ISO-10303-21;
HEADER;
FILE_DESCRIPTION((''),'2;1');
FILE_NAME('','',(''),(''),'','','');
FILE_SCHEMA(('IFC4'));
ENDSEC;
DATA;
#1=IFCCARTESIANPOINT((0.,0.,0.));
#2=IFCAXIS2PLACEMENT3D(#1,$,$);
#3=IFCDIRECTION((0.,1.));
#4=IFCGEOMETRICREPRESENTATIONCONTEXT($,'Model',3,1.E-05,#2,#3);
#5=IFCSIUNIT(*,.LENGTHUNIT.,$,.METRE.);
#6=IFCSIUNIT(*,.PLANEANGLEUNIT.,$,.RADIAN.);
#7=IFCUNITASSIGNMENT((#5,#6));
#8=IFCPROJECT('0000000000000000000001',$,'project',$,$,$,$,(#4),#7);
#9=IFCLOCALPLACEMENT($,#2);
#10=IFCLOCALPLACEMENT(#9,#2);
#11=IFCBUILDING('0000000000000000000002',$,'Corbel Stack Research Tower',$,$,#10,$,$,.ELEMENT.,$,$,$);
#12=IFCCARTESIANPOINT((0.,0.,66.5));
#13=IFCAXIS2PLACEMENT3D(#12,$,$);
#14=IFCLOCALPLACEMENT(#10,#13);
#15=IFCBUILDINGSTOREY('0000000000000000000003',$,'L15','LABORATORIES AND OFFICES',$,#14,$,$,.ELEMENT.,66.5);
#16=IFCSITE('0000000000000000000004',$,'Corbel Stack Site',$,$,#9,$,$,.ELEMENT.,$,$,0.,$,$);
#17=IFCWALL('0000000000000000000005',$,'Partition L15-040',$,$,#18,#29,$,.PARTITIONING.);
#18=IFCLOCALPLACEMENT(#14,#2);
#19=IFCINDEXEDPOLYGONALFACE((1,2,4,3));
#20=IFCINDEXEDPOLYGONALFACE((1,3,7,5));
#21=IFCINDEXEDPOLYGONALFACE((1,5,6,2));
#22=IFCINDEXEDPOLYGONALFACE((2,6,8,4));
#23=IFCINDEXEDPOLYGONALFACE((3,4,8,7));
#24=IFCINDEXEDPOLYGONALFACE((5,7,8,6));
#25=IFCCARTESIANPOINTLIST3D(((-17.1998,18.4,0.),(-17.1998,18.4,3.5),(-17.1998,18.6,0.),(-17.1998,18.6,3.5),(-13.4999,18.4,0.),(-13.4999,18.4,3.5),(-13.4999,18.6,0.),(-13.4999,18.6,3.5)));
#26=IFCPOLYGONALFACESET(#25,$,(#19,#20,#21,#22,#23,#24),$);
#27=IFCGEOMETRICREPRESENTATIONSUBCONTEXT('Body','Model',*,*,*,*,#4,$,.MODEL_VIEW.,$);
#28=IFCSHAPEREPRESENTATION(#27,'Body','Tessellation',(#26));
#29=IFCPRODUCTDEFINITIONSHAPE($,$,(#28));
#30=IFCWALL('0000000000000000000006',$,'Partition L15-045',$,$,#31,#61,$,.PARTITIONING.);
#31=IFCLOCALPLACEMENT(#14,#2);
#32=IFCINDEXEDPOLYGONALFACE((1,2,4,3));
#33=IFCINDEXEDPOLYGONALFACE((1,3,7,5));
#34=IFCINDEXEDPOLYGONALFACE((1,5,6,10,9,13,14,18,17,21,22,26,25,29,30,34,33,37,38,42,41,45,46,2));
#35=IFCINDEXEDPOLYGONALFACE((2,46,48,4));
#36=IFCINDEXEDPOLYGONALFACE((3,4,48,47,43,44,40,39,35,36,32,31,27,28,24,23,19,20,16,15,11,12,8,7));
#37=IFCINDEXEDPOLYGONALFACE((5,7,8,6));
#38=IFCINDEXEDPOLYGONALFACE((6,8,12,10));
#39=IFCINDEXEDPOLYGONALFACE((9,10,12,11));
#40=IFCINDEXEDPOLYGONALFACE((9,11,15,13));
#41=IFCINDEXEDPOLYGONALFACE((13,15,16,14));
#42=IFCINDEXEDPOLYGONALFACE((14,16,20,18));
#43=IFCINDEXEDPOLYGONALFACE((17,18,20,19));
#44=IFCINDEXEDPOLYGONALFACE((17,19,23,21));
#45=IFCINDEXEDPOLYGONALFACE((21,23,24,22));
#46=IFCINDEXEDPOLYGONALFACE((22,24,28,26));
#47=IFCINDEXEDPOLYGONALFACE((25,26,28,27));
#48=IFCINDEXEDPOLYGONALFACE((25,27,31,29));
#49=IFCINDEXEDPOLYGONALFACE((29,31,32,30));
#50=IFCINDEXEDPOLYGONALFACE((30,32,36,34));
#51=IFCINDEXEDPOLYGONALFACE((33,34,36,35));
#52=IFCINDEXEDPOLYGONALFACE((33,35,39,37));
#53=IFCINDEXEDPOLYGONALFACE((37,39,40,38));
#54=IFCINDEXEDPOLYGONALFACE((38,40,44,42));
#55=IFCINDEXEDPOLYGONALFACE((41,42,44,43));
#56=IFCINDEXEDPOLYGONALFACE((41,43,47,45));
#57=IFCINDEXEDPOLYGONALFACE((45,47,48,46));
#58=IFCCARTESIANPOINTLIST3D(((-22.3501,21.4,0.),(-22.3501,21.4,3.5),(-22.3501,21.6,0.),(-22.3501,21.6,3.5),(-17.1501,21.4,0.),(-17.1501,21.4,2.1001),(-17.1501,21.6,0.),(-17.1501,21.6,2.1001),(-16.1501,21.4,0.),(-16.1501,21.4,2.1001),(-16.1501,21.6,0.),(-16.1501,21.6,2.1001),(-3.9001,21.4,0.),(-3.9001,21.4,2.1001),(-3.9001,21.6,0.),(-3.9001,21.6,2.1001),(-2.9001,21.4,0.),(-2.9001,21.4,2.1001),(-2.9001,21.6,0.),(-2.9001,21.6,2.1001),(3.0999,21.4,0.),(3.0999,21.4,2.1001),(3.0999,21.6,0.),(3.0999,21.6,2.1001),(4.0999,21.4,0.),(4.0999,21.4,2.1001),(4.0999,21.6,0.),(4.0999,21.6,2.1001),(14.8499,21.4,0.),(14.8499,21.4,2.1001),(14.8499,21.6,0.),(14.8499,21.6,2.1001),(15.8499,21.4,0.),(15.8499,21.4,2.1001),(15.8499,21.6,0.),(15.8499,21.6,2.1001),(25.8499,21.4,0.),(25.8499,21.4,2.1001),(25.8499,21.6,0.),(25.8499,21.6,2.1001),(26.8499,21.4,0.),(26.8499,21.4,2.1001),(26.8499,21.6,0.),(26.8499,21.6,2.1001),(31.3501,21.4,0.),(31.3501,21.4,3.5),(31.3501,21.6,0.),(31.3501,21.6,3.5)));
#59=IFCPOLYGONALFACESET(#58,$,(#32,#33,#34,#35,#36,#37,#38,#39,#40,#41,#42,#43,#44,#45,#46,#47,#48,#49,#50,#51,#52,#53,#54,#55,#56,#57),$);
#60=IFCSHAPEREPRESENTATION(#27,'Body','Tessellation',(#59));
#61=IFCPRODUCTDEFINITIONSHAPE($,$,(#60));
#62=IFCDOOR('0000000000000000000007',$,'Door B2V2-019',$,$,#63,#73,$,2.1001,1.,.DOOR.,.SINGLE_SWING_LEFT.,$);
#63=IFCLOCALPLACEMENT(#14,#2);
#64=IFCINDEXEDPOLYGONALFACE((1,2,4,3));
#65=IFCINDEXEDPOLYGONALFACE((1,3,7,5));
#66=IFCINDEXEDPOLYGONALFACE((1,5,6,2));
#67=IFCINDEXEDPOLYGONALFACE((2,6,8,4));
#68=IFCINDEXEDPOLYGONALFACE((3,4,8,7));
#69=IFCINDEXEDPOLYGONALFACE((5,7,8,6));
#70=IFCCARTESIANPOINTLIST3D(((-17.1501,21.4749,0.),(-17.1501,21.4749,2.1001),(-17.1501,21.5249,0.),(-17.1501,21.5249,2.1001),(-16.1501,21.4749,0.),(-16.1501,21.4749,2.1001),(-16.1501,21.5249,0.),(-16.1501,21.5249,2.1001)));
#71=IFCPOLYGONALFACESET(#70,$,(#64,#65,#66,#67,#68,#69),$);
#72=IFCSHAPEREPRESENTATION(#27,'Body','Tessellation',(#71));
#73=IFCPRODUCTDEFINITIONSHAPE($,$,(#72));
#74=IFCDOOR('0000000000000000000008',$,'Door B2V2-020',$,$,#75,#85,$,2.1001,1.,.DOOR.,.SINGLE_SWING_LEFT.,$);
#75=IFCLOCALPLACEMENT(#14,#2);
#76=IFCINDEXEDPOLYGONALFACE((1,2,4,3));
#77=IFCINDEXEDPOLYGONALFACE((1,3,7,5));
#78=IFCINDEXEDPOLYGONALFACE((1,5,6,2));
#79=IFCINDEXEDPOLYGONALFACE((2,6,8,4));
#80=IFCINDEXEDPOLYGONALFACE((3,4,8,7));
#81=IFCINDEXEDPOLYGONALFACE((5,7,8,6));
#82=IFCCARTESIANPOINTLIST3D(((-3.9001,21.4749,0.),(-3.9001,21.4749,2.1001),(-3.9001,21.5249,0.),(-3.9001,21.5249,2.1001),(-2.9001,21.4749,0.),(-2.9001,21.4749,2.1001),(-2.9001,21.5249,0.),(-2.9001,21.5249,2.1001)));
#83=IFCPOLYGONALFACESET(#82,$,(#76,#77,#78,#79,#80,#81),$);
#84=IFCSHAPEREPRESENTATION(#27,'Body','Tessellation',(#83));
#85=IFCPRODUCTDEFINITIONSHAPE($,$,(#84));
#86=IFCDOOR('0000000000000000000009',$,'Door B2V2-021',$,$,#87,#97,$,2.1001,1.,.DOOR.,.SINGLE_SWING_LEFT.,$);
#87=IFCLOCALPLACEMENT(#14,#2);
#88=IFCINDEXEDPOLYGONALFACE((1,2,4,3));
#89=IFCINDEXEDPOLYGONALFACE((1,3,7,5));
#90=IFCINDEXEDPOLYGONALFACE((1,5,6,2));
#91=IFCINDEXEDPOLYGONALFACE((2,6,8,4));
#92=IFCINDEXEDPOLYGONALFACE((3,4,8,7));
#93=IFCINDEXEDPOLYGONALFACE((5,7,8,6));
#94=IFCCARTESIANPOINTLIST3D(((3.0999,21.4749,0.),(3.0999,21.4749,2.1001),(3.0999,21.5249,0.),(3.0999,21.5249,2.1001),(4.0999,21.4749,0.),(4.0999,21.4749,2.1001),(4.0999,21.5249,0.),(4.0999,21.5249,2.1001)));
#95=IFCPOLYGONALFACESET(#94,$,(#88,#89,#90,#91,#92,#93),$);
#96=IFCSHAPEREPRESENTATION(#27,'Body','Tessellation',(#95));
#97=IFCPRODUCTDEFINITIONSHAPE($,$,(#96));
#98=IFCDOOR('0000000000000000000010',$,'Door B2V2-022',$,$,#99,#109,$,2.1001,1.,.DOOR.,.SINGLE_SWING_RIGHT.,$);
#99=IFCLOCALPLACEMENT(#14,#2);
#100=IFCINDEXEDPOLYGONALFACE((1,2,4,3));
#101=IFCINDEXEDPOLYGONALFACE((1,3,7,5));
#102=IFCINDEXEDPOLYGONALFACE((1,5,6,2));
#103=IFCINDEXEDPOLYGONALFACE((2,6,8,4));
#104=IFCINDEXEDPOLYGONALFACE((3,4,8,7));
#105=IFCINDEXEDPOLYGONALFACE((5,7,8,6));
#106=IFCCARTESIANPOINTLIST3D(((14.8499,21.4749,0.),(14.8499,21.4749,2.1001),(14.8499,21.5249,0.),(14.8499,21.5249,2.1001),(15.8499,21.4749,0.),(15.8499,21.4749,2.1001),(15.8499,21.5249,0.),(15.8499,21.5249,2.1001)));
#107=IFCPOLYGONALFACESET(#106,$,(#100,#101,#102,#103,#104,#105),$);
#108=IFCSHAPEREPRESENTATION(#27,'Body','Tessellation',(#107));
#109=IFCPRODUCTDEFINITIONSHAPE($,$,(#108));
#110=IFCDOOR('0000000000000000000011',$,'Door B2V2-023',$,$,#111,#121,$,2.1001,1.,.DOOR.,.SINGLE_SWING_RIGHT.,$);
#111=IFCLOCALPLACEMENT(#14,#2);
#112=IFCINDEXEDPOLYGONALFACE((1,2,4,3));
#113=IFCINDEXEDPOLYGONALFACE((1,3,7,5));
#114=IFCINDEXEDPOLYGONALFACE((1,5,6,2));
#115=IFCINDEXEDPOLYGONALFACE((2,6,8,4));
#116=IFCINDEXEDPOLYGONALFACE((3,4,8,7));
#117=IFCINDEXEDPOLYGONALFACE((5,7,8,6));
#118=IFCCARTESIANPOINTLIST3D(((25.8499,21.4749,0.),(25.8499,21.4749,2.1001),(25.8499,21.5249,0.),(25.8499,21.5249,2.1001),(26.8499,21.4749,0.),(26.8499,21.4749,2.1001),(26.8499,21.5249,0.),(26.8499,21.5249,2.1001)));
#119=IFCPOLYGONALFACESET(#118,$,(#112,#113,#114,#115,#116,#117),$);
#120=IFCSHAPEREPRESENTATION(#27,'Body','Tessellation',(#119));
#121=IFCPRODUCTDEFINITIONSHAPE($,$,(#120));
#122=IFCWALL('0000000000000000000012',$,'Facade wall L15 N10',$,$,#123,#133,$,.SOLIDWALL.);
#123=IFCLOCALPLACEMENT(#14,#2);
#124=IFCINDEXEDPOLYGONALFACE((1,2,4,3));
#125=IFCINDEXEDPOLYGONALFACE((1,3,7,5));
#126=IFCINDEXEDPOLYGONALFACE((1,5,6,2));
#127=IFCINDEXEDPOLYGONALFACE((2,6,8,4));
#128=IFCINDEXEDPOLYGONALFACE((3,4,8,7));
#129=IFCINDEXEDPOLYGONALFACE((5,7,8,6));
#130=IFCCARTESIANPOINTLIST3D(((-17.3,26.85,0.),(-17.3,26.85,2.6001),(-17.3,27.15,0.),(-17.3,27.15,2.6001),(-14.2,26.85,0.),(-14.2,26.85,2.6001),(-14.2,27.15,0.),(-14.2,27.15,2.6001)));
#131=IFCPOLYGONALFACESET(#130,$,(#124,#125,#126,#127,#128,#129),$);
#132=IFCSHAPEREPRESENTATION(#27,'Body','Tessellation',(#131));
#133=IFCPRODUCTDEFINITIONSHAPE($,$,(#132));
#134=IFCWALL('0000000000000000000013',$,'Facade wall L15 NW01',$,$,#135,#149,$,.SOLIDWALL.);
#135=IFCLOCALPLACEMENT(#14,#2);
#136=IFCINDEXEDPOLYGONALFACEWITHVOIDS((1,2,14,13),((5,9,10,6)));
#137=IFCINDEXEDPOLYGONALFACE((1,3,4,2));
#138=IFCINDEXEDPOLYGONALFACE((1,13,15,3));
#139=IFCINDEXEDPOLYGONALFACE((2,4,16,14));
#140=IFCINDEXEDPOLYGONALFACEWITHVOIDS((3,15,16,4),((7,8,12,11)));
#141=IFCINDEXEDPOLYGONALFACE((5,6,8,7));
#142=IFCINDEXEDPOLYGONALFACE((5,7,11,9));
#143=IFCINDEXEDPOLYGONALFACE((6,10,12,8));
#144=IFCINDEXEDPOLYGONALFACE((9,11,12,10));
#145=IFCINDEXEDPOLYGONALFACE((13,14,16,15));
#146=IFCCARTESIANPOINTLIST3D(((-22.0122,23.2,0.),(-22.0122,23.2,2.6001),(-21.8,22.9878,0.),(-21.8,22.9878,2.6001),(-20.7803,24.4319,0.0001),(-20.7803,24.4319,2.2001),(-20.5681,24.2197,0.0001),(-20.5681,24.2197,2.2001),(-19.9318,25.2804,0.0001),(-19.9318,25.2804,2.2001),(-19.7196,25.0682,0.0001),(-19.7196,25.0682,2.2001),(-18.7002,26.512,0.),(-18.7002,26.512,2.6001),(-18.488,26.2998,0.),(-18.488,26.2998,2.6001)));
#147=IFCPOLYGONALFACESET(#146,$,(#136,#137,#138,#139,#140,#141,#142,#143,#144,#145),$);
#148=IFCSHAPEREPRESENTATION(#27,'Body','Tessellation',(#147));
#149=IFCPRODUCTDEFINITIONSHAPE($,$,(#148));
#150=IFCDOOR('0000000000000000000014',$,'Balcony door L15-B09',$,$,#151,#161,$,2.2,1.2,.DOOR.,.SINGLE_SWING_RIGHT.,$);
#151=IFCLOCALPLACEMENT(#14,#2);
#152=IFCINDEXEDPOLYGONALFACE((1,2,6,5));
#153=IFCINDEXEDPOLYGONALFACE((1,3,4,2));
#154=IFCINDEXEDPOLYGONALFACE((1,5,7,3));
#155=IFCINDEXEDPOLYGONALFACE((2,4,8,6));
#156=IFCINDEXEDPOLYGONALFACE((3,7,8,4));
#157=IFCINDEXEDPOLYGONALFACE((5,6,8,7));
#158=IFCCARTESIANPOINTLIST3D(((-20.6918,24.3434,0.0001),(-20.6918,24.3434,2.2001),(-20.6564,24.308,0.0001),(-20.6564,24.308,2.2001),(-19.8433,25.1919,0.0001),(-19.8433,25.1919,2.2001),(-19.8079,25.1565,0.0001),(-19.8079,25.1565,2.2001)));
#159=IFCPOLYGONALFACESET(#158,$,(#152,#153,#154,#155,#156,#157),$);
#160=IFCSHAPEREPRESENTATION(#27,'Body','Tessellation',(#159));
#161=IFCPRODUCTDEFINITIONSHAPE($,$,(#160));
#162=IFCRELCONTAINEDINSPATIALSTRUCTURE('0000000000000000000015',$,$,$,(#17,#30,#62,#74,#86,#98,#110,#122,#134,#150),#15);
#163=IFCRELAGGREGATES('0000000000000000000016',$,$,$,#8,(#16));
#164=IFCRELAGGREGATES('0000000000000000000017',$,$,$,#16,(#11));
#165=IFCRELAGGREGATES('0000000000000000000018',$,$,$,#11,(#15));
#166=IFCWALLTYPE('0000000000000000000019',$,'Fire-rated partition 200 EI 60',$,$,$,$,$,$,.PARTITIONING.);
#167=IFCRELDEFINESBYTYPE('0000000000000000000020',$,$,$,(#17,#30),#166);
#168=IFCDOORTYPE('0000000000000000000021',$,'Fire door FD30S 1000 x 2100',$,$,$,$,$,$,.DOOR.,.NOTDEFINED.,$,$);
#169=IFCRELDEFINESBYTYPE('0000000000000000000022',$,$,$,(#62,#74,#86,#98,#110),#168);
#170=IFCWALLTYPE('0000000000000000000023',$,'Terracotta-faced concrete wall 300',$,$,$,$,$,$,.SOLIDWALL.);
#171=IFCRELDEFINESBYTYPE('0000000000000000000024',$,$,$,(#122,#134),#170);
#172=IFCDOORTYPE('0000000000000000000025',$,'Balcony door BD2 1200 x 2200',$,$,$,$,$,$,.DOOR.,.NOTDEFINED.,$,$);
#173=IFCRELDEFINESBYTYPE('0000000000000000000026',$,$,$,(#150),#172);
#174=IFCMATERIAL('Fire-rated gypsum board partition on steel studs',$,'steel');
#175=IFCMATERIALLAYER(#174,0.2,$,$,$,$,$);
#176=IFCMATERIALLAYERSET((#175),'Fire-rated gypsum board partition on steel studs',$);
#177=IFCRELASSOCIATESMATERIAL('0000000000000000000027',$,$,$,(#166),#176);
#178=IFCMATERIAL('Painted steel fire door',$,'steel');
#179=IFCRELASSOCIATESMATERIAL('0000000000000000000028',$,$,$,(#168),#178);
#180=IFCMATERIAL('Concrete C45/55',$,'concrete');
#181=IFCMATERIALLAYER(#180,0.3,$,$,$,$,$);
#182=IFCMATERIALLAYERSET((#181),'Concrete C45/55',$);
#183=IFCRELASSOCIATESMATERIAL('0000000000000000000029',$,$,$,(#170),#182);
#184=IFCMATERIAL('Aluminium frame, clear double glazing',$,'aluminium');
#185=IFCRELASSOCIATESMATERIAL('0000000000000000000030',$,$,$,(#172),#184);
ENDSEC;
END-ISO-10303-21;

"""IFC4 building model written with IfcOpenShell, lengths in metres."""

from ifc_helpers import new_model, si_unit, direction, frame, frame_2d, origin, place, context, subcontext, project, spatial, rectangle, extrude, material, layer, layer_set, type_object, element, fill, save


model = new_model("IFC4")

# Units and contexts
model_context = context("Model", 3, precision=1e-05, world=origin(), true_north=direction((0.0, 1.0)))
body_context = subcontext(model_context, "Body", "Model", "MODEL_VIEW")
ifc_project = project(units=[si_unit("LENGTHUNIT", "METRE"), si_unit("PLANEANGLEUNIT", "RADIAN")], contexts=[model_context])

# Site, building, storey
site_placement = place(None, origin())
site = spatial("IfcSite", under=ifc_project, at=site_placement, Name="Corbel Stack Site", CompositionType="ELEMENT", RefElevation=0.0)
building_placement = place(site_placement, origin())
building = spatial("IfcBuilding", under=site, at=building_placement, Name="Corbel Stack Research Tower", CompositionType="ELEMENT")
storey_placement = place(building_placement, frame((0.0, 0.0, 66.5)))
storey = spatial("IfcBuildingStorey", under=building, at=storey_placement, Name="L15", Description="LABORATORIES AND OFFICES", CompositionType="ELEMENT", Elevation=66.5)

# Shared definitions
ifc_material_1 = material(Name="Fire-rated gypsum board partition on steel studs", Category="steel")
ifc_layer_1 = layer(ifc_material_1, 0.2)
ifc_layer_set_1 = layer_set([ifc_layer_1], Name="Fire-rated gypsum board partition on steel studs")
wall_type_1 = type_object("IfcWallType", Name="Fire-rated partition 200 EI 60", PredefinedType="PARTITIONING", material=ifc_layer_set_1)
ifc_material_2 = material(Name="Painted steel fire door", Category="steel")
door_type_1 = type_object("IfcDoorType", Name="Fire door FD30S 1000 x 2100", OperationType="NOTDEFINED", PredefinedType="DOOR", material=ifc_material_2)

# Wall
wall_1_placement = place(storey_placement, frame((-17.2, 18.5, 0.0), z_axis=(0.0, 0.0, 1.0), x_axis=(1.0, 0.0, 0.0)))
element("IfcWall", 1, at=wall_1_placement, inside=storey, type_object=wall_type_1, Name="Partition L15-040", PredefinedType="PARTITIONING", context=body_context, shape_type="SweptSolid", body=[
    extrude(rectangle(XDim=3.7, YDim=0.2, at=frame_2d((1.8501, 0.0))), origin(), (0.0, 0.0, 1.0), 3.5),
])

# Wall, openings, doors
wall_2_placement = place(storey_placement, frame((-22.3501, 21.5, 0.0), z_axis=(0.0, 0.0, 1.0), x_axis=(1.0, 0.0, 0.0)))
wall_2 = element("IfcWall", 2, at=wall_2_placement, inside=storey, type_object=wall_type_1, Name="Partition L15-045", PredefinedType="PARTITIONING", context=body_context, shape_type="SweptSolid", body=[
    extrude(rectangle(XDim=53.7002, YDim=0.2, at=frame_2d((26.8501, 0.0))), origin(), (0.0, 0.0, 1.0), 3.5),
])
opening_1_placement = place(wall_2_placement, frame((5.2, 0.0, 0.0)))
opening_1 = element("IfcOpeningElement", 3, at=opening_1_placement, cuts=wall_2, PredefinedType="OPENING", context=body_context, shape_type="SweptSolid", body=[
    extrude(rectangle(XDim=1.0, YDim=2.1001, at=frame_2d((0.5, 1.05))), frame((0.0, 0.1099, 0.0), z_axis=(0.0, -1.0, 0.0), x_axis=(1.0, 0.0, 0.0)), (0.0, 0.0, 1.0), 0.22),
])
opening_2_placement = place(wall_2_placement, frame((18.45, 0.0, 0.0)))
opening_2 = element("IfcOpeningElement", 4, at=opening_2_placement, cuts=wall_2, PredefinedType="OPENING", context=body_context, shape_type="SweptSolid", body=[
    extrude(rectangle(XDim=1.0, YDim=2.1001, at=frame_2d((0.5, 1.05))), frame((0.0, 0.1099, 0.0), z_axis=(0.0, -1.0, 0.0), x_axis=(1.0, 0.0, 0.0)), (0.0, 0.0, 1.0), 0.22),
])
opening_3_placement = place(wall_2_placement, frame((25.45, 0.0, 0.0)))
opening_3 = element("IfcOpeningElement", 5, at=opening_3_placement, cuts=wall_2, PredefinedType="OPENING", context=body_context, shape_type="SweptSolid", body=[
    extrude(rectangle(XDim=1.0, YDim=2.1001, at=frame_2d((0.5, 1.05))), frame((0.0, 0.1099, 0.0), z_axis=(0.0, -1.0, 0.0), x_axis=(1.0, 0.0, 0.0)), (0.0, 0.0, 1.0), 0.22),
])
opening_4_placement = place(wall_2_placement, frame((37.2, 0.0, 0.0)))
opening_4 = element("IfcOpeningElement", 6, at=opening_4_placement, cuts=wall_2, PredefinedType="OPENING", context=body_context, shape_type="SweptSolid", body=[
    extrude(rectangle(XDim=1.0, YDim=2.1001, at=frame_2d((0.5, 1.05))), frame((0.0, 0.1099, 0.0), z_axis=(0.0, -1.0, 0.0), x_axis=(1.0, 0.0, 0.0)), (0.0, 0.0, 1.0), 0.22),
])
opening_5_placement = place(wall_2_placement, frame((48.2, 0.0, 0.0)))
opening_5 = element("IfcOpeningElement", 7, at=opening_5_placement, cuts=wall_2, PredefinedType="OPENING", context=body_context, shape_type="SweptSolid", body=[
    extrude(rectangle(XDim=1.0, YDim=2.1001, at=frame_2d((0.5, 1.05))), frame((0.0, 0.1099, 0.0), z_axis=(0.0, -1.0, 0.0), x_axis=(1.0, 0.0, 0.0)), (0.0, 0.0, 1.0), 0.22),
])
door_1_placement = place(opening_1_placement, origin())
door_1 = element("IfcDoor", 8, at=door_1_placement, inside=storey, type_object=door_type_1, Name="Door B2V2-019", OperationType="SINGLE_SWING_LEFT", OverallHeight=2.1001, OverallWidth=1.0, PredefinedType="DOOR", context=body_context, shape_type="SweptSolid", body=[
    extrude(rectangle(XDim=1.0, YDim=2.1001, at=frame_2d((0.5, 1.05))), frame((0.0, 0.0249, 0.0), z_axis=(0.0, -1.0, 0.0), x_axis=(1.0, 0.0, 0.0)), (0.0, 0.0, 1.0), 0.05),
])
fill(opening_1, door_1)
door_2_placement = place(opening_2_placement, origin())
door_2 = element("IfcDoor", 9, at=door_2_placement, inside=storey, type_object=door_type_1, Name="Door B2V2-020", OperationType="SINGLE_SWING_LEFT", OverallHeight=2.1001, OverallWidth=1.0, PredefinedType="DOOR", context=body_context, shape_type="SweptSolid", body=[
    extrude(rectangle(XDim=1.0, YDim=2.1001, at=frame_2d((0.5, 1.05))), frame((0.0, 0.0249, 0.0), z_axis=(0.0, -1.0, 0.0), x_axis=(1.0, 0.0, 0.0)), (0.0, 0.0, 1.0), 0.05),
])
fill(opening_2, door_2)
door_3_placement = place(opening_3_placement, origin())
door_3 = element("IfcDoor", 10, at=door_3_placement, inside=storey, type_object=door_type_1, Name="Door B2V2-021", OperationType="SINGLE_SWING_LEFT", OverallHeight=2.1001, OverallWidth=1.0, PredefinedType="DOOR", context=body_context, shape_type="SweptSolid", body=[
    extrude(rectangle(XDim=1.0, YDim=2.1001, at=frame_2d((0.5, 1.05))), frame((0.0, 0.0249, 0.0), z_axis=(0.0, -1.0, 0.0), x_axis=(1.0, 0.0, 0.0)), (0.0, 0.0, 1.0), 0.05),
])
fill(opening_3, door_3)
door_4_placement = place(opening_4_placement, origin())
door_4 = element("IfcDoor", 11, at=door_4_placement, inside=storey, type_object=door_type_1, Name="Door B2V2-022", OperationType="SINGLE_SWING_RIGHT", OverallHeight=2.1001, OverallWidth=1.0, PredefinedType="DOOR", context=body_context, shape_type="SweptSolid", body=[
    extrude(rectangle(XDim=1.0, YDim=2.1001, at=frame_2d((0.5, 1.05))), frame((0.0, 0.0249, 0.0), z_axis=(0.0, -1.0, 0.0), x_axis=(1.0, 0.0, 0.0)), (0.0, 0.0, 1.0), 0.05),
])
fill(opening_4, door_4)
door_5_placement = place(opening_5_placement, origin())
door_5 = element("IfcDoor", 12, at=door_5_placement, inside=storey, type_object=door_type_1, Name="Door B2V2-023", OperationType="SINGLE_SWING_RIGHT", OverallHeight=2.1001, OverallWidth=1.0, PredefinedType="DOOR", context=body_context, shape_type="SweptSolid", body=[
    extrude(rectangle(XDim=1.0, YDim=2.1001, at=frame_2d((0.5, 1.05))), frame((0.0, 0.0249, 0.0), z_axis=(0.0, -1.0, 0.0), x_axis=(1.0, 0.0, 0.0)), (0.0, 0.0, 1.0), 0.05),
])
fill(opening_5, door_5)

# Wall
ifc_material_3 = material(Name="Concrete C45/55", Category="concrete")
ifc_layer_2 = layer(ifc_material_3, 0.3)
ifc_layer_set_2 = layer_set([ifc_layer_2], Name="Concrete C45/55")
wall_type_2 = type_object("IfcWallType", Name="Terracotta-faced concrete wall 300", PredefinedType="SOLIDWALL", material=ifc_layer_set_2)
wall_3_placement = place(storey_placement, frame((-17.3, 27.0, 0.0), z_axis=(0.0, 0.0, 1.0), x_axis=(1.0, 0.0, 0.0)))
element("IfcWall", 13, at=wall_3_placement, inside=storey, type_object=wall_type_2, Name="Facade wall L15 N10", PredefinedType="SOLIDWALL", context=body_context, shape_type="SweptSolid", body=[
    extrude(rectangle(XDim=3.1001, YDim=0.3, at=frame_2d((1.55, 0.0))), origin(), (0.0, 0.0, 1.0), 2.6001),
])

# Wall, opening, door
wall_4_placement = place(storey_placement, frame((-21.906, 23.094, 0.0), z_axis=(0.0, 0.0, 1.0), x_axis=(0.707107, 0.707107, 0.0)))
wall_4 = element("IfcWall", 14, at=wall_4_placement, inside=storey, type_object=wall_type_2, Name="Facade wall L15 NW01", PredefinedType="SOLIDWALL", context=body_context, shape_type="SweptSolid", body=[
    extrude(rectangle(XDim=4.6838, YDim=0.3, at=frame_2d((2.3418, 0.0))), origin(), (0.0, 0.0, 1.0), 2.6001),
])
opening_6_placement = place(wall_4_placement, frame((1.7419, 0.0, 0.0)))
opening_6 = element("IfcOpeningElement", 15, at=opening_6_placement, cuts=wall_4, PredefinedType="OPENING", context=body_context, shape_type="SweptSolid", body=[
    extrude(rectangle(XDim=1.2, YDim=2.2, at=frame_2d((0.6001, 1.1001))), frame((0.0, 0.1599, 0.0), z_axis=(0.0, -1.0, 0.0), x_axis=(1.0, 0.0, 0.0)), (0.0, 0.0, 1.0), 0.3201),
])
ifc_material_4 = material(Name="Aluminium frame, clear double glazing", Category="aluminium")
door_type_2 = type_object("IfcDoorType", Name="Balcony door BD2 1200 x 2200", OperationType="NOTDEFINED", PredefinedType="DOOR", material=ifc_material_4)
door_6_placement = place(opening_6_placement, origin())
door_6 = element("IfcDoor", 16, at=door_6_placement, inside=storey, type_object=door_type_2, Name="Balcony door L15-B09", OperationType="SINGLE_SWING_RIGHT", OverallHeight=2.2, OverallWidth=1.2, PredefinedType="DOOR", context=body_context, shape_type="SweptSolid", body=[
    extrude(rectangle(XDim=1.2, YDim=2.2, at=frame_2d((0.6001, 1.1001))), frame((0.0, 0.0249, 0.0), z_axis=(0.0, -1.0, 0.0), x_axis=(1.0, 0.0, 0.0)), (0.0, 0.0, 1.0), 0.05),
])
fill(opening_6, door_6)

save(model, "model.ifc")
